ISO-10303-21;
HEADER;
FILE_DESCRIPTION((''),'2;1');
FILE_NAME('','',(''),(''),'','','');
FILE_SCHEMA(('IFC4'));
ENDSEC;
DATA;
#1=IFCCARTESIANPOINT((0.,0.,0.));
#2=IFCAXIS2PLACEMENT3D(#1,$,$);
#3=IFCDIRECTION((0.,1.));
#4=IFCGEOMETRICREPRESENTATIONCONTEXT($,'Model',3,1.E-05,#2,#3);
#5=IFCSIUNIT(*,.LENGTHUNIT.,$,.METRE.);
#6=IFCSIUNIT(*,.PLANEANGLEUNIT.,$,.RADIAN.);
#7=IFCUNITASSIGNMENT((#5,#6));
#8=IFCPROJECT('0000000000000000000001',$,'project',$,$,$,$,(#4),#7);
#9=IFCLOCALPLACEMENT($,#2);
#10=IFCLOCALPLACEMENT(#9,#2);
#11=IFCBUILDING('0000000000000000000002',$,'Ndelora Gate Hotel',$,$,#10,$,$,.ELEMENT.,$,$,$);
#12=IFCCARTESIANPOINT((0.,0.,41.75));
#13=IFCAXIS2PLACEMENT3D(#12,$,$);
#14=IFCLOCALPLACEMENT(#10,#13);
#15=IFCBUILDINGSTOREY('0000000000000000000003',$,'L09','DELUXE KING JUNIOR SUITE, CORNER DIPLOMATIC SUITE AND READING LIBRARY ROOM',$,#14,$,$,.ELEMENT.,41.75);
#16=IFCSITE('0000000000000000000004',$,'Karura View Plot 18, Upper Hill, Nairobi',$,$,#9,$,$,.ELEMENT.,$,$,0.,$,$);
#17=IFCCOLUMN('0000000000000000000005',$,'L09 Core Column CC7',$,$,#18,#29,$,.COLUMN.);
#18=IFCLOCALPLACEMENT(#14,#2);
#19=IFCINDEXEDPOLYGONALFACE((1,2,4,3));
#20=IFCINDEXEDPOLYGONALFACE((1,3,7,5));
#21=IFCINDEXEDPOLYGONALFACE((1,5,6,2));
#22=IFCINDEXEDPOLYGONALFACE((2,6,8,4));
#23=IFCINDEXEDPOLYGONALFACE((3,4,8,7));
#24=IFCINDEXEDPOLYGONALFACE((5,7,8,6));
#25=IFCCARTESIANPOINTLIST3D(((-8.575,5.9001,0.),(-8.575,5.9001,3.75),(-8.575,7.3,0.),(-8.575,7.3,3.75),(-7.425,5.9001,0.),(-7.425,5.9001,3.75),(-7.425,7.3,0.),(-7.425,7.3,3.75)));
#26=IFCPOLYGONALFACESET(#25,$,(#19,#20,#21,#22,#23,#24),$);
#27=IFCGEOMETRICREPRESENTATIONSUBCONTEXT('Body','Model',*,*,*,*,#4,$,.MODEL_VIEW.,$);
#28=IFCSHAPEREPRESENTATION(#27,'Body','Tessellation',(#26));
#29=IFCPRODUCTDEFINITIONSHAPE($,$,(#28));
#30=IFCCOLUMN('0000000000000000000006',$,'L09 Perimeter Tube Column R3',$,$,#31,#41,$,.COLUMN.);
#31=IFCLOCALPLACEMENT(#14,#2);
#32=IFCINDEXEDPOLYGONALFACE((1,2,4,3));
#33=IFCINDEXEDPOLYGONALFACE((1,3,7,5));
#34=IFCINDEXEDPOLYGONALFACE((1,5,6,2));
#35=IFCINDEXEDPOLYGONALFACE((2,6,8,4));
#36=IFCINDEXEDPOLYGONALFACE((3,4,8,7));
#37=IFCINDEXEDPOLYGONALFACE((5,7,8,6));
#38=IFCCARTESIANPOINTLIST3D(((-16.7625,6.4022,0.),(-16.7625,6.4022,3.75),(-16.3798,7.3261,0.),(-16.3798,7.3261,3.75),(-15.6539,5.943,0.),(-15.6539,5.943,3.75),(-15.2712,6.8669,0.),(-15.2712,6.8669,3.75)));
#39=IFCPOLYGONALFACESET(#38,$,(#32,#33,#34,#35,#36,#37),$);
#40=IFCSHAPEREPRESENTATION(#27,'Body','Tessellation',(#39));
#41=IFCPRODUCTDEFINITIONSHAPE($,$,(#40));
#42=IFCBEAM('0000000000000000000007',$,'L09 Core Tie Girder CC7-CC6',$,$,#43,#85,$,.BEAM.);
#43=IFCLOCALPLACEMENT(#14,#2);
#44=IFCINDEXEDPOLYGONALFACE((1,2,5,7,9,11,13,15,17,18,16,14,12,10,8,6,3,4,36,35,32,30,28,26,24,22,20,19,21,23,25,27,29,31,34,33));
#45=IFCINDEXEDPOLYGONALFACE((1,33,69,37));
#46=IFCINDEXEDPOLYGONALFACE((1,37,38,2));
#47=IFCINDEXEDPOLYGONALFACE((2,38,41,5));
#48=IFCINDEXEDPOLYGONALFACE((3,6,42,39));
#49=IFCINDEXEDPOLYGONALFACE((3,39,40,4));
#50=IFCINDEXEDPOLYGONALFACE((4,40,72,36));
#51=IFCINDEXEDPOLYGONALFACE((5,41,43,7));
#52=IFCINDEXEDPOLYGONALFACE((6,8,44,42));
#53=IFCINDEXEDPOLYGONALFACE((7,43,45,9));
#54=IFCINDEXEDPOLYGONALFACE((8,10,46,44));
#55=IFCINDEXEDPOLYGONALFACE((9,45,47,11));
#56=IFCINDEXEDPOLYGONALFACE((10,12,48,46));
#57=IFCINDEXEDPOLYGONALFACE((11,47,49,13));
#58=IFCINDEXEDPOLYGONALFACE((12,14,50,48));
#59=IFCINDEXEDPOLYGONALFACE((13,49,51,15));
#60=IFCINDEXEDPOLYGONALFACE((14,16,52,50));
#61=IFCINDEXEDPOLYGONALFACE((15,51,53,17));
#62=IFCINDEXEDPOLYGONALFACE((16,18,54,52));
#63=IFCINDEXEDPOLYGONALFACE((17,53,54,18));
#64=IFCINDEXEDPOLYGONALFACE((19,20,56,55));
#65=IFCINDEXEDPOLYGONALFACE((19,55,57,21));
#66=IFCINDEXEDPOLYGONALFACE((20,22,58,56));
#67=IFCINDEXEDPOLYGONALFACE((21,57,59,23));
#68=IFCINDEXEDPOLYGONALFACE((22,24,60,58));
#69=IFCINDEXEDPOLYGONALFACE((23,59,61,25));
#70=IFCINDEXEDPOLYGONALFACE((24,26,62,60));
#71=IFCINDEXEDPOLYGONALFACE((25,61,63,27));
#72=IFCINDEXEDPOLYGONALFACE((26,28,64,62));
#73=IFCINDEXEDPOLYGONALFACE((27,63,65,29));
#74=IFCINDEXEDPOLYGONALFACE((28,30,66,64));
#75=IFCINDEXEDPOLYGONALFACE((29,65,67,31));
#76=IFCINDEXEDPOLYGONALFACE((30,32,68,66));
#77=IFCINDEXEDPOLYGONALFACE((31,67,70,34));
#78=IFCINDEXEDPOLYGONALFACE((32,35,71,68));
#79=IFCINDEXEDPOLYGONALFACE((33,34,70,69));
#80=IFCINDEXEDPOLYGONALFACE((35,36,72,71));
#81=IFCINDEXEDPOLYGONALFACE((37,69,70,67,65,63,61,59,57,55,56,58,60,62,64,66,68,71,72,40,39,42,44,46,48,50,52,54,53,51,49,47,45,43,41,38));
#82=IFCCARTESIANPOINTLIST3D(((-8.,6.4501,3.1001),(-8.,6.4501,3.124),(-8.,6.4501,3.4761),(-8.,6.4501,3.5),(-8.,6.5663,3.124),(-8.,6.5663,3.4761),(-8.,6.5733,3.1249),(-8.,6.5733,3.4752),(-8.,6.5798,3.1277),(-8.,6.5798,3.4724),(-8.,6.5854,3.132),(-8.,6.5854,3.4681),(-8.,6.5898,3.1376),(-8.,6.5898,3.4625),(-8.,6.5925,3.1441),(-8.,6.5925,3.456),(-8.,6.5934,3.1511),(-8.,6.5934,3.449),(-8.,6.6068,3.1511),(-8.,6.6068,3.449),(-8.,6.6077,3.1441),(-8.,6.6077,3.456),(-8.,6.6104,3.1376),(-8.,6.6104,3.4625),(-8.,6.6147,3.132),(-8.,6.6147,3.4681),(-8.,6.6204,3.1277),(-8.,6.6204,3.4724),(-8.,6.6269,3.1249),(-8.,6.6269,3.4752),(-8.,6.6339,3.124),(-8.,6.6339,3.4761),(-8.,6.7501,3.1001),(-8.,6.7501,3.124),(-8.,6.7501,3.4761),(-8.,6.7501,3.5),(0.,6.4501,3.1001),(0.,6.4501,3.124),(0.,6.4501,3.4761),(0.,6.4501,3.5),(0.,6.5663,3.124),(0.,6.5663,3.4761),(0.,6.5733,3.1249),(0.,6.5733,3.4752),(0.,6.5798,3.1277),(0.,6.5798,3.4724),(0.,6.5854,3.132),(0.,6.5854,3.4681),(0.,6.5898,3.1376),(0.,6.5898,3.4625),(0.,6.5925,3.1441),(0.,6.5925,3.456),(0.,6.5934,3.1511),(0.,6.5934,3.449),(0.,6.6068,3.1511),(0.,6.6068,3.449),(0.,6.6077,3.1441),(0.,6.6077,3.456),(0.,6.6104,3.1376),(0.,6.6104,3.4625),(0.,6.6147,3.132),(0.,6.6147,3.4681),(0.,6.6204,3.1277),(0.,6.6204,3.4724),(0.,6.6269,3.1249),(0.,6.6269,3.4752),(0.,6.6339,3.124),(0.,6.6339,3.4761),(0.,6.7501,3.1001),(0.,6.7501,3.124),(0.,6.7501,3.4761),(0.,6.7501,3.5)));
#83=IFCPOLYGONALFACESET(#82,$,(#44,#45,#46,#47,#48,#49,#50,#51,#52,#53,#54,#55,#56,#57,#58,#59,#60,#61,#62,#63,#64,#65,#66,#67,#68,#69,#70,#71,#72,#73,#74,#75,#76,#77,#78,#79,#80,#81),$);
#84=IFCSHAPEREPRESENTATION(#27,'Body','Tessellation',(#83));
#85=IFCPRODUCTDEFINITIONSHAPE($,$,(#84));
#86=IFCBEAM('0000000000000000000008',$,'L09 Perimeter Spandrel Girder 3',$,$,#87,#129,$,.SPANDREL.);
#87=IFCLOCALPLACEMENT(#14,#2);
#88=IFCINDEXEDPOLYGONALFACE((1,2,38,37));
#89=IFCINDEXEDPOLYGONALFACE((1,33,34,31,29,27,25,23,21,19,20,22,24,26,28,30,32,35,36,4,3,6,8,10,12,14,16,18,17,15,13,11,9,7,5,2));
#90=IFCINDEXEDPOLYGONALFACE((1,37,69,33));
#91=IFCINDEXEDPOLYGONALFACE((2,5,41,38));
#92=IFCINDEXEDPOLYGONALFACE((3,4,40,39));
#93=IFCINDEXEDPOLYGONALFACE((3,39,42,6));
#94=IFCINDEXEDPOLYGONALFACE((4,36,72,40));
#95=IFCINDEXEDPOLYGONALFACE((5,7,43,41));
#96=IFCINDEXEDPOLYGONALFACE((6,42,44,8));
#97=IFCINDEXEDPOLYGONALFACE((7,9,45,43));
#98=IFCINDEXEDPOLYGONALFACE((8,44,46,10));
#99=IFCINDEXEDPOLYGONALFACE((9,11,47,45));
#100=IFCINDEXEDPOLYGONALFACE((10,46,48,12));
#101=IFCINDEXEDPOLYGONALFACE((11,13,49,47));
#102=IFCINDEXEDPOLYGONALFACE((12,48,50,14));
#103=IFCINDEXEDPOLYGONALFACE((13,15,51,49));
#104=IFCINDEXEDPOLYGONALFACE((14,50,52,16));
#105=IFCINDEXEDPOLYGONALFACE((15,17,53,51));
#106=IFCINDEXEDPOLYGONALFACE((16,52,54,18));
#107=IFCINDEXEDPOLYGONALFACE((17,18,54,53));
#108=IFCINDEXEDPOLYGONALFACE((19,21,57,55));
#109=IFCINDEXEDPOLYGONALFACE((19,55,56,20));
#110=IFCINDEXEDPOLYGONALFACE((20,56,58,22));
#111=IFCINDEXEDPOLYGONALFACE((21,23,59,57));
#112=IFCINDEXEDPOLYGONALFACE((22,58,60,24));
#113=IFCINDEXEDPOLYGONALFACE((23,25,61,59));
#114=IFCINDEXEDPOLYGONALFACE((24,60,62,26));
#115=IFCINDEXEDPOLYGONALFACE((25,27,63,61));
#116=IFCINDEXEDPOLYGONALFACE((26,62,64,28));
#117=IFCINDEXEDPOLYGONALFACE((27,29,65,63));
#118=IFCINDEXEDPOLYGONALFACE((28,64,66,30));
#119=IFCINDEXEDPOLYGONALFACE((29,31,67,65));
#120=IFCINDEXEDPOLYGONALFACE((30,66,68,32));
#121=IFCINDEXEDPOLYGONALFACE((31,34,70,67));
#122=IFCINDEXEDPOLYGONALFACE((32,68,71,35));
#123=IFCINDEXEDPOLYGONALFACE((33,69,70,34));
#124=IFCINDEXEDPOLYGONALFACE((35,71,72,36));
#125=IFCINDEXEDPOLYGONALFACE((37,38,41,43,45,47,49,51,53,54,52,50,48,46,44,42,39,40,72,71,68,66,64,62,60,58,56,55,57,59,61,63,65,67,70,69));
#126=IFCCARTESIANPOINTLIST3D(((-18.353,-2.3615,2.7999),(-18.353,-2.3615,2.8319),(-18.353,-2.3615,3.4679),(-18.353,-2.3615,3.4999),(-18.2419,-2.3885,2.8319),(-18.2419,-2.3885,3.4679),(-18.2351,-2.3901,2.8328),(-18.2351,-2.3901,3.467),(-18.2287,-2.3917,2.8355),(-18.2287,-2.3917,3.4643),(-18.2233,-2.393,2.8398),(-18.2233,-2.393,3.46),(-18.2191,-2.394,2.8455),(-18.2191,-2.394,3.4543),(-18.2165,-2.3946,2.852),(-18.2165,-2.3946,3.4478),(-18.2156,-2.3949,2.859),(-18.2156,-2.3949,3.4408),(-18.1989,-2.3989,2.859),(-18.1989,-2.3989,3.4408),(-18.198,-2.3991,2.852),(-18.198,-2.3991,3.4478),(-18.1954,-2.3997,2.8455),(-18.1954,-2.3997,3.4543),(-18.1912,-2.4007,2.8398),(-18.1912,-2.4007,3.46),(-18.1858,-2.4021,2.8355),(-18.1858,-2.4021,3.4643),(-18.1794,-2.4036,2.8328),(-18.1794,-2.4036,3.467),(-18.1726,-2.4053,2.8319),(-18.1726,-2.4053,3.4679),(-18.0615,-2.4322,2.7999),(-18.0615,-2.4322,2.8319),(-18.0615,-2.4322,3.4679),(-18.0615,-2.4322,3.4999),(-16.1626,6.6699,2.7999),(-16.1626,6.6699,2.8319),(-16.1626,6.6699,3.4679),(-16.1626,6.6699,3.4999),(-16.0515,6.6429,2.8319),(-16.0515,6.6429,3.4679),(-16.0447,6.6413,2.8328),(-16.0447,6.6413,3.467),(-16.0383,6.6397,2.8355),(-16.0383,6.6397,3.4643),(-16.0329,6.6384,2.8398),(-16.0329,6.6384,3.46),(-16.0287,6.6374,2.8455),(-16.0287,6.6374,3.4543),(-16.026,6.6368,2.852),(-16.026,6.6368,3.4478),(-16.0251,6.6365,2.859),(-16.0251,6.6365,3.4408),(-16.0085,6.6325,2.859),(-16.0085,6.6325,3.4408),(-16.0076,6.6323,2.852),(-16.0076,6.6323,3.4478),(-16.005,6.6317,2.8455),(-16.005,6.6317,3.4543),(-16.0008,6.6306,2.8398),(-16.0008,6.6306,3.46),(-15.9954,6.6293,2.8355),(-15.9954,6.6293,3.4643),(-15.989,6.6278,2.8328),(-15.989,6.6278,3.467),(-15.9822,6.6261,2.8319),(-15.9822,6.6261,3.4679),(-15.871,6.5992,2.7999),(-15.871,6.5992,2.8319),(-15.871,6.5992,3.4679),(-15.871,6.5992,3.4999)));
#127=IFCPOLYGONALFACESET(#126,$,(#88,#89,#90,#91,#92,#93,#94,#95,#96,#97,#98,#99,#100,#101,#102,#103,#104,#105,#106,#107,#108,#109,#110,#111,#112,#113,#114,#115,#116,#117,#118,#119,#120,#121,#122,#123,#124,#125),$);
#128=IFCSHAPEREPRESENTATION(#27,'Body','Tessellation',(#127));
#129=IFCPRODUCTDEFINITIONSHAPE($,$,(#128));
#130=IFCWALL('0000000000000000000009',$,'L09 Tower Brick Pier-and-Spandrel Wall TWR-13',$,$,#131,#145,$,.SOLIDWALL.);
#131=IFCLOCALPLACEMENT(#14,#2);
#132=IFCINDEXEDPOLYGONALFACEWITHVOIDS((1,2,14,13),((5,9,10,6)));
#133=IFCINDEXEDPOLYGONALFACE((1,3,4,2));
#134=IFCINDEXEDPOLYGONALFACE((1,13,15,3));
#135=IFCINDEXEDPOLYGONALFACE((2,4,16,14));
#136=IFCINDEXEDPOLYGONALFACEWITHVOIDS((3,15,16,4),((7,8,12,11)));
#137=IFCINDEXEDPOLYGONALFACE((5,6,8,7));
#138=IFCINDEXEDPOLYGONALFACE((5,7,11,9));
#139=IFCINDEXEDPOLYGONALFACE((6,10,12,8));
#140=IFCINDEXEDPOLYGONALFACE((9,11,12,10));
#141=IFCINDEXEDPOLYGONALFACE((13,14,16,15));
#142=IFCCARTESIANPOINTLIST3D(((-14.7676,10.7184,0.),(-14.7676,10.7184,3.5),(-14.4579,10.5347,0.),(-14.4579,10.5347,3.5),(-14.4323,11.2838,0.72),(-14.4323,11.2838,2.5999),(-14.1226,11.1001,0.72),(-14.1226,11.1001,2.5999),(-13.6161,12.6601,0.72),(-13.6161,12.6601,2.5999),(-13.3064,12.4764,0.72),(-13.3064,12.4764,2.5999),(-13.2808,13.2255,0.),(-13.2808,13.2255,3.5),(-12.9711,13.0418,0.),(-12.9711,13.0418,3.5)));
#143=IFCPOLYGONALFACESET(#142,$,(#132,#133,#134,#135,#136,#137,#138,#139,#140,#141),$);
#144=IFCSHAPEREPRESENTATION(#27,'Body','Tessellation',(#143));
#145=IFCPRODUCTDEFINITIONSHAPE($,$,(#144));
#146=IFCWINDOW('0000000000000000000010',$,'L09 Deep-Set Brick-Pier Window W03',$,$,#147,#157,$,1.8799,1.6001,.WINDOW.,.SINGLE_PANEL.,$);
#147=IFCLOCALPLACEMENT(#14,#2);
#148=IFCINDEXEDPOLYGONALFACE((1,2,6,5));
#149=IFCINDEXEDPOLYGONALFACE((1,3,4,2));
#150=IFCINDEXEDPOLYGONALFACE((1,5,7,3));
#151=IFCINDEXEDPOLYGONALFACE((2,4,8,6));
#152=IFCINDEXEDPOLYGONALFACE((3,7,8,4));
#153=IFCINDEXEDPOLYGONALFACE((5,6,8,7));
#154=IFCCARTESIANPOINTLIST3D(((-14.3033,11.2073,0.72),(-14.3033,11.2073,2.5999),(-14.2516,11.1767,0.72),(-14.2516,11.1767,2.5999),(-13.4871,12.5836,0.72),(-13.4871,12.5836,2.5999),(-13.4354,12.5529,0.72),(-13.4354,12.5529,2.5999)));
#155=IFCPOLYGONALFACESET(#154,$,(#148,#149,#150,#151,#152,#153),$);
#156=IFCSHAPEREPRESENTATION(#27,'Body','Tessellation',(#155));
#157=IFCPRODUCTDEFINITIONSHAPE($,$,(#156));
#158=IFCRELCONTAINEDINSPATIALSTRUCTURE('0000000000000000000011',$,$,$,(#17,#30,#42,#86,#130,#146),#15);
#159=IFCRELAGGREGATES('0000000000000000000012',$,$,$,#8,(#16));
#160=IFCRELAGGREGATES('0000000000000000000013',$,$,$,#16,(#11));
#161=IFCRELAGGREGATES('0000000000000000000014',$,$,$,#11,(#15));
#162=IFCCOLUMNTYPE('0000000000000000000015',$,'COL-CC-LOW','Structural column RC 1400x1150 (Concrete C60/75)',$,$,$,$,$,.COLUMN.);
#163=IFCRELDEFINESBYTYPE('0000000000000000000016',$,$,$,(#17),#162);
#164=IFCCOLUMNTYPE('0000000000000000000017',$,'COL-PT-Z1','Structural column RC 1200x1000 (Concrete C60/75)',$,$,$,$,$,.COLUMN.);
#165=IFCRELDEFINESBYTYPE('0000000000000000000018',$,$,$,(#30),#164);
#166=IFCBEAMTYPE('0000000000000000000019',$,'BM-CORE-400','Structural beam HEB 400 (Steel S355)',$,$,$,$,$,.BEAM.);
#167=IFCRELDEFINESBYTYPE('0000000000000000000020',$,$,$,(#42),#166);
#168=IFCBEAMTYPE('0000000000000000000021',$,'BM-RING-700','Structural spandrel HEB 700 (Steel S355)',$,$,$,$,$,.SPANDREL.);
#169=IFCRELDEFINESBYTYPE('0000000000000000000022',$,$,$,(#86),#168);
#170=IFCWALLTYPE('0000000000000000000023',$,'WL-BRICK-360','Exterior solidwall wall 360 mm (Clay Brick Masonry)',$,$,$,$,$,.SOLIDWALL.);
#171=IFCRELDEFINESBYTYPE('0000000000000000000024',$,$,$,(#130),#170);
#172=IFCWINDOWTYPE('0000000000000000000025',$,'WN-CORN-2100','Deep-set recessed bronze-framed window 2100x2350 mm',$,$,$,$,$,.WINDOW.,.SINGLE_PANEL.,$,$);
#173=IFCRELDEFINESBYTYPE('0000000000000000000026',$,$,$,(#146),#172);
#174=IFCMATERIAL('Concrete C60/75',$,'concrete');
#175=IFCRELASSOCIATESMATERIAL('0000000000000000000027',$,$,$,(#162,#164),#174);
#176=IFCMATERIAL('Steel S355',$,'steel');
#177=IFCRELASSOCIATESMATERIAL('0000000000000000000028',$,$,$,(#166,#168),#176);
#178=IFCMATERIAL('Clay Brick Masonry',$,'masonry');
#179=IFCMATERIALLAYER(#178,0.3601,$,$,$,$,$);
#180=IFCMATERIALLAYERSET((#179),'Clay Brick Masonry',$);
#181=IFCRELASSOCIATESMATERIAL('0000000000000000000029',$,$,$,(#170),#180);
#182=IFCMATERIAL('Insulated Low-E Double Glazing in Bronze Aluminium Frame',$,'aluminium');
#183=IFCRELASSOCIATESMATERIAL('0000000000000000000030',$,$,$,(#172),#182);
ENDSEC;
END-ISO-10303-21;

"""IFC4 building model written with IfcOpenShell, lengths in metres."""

from ifc_helpers import new_model, si_unit, direction, frame, frame_2d, origin, origin_2d, place, context, subcontext, project, spatial, rectangle, i_section, extrude, material, layer, layer_set, material_profile, profile_set, type_object, element, fill, save


model = new_model("IFC4")

# Units and contexts
model_context = context("Model", 3, precision=1e-05, world=origin(), true_north=direction((0.0, 1.0)))
body_context = subcontext(model_context, "Body", "Model", "MODEL_VIEW")
ifc_project = project(units=[si_unit("LENGTHUNIT", "METRE"), si_unit("PLANEANGLEUNIT", "RADIAN")], contexts=[model_context])

# Site, building, storey
site_placement = place(None, origin())
site = spatial("IfcSite", under=ifc_project, at=site_placement, Name="Karura View Plot 18, Upper Hill, Nairobi", CompositionType="ELEMENT", RefElevation=0.0)
building_placement = place(site_placement, origin())
building = spatial("IfcBuilding", under=site, at=building_placement, Name="Ndelora Gate Hotel", CompositionType="ELEMENT")
storey_placement = place(building_placement, frame((0.0, 0.0, 41.75)))
storey = spatial("IfcBuildingStorey", under=building, at=storey_placement, Name="L09", Description="DELUXE KING JUNIOR SUITE, CORNER DIPLOMATIC SUITE AND READING LIBRARY ROOM", CompositionType="ELEMENT", Elevation=41.75)

# Columns
ifc_material_1 = material(Name="Concrete C60/75", Category="concrete")
ifc_material_profile_1 = material_profile(ifc_material_1, rectangle(XDim=1.1499, YDim=1.3999, at=origin_2d()), Name="RC 1400x1150")
ifc_profile_set_1 = profile_set([ifc_material_profile_1], Name="Concrete C60/75")
column_type_1 = type_object("IfcColumnType", Name="COL-CC-LOW", Description="Structural column RC 1400x1150 (Concrete C60/75)", PredefinedType="COLUMN", material=ifc_profile_set_1)
column_1_placement = place(storey_placement, frame((-8.0, 6.6001, 0.0), z_axis=(0.0, 0.0, 1.0), x_axis=(1.0, 0.0, 0.0)))
element("IfcColumn", 1, at=column_1_placement, inside=storey, type_object=column_type_1, Name="L09 Core Column CC7", PredefinedType="COLUMN", context=body_context, shape_type="SweptSolid", body=[
    extrude(rectangle(XDim=1.1499, YDim=1.3999, at=origin_2d()), origin(), (0.0, 0.0, 1.0), 3.75),
])
ifc_material_profile_2 = material_profile(ifc_material_1, rectangle(XDim=1.0, YDim=1.2, at=origin_2d()), Name="RC 1200x1000")
ifc_profile_set_2 = profile_set([ifc_material_profile_2], Name="Concrete C60/75")
column_type_2 = type_object("IfcColumnType", Name="COL-PT-Z1", Description="Structural column RC 1200x1000 (Concrete C60/75)", PredefinedType="COLUMN", material=ifc_profile_set_2)
column_2_placement = place(storey_placement, frame((-16.0168, 6.6345, 0.0), z_axis=(0.0, 0.0, 1.0), x_axis=(0.382683, 0.92388, 0.0)))
element("IfcColumn", 2, at=column_2_placement, inside=storey, type_object=column_type_2, Name="L09 Perimeter Tube Column R3", PredefinedType="COLUMN", context=body_context, shape_type="SweptSolid", body=[
    extrude(rectangle(XDim=1.0, YDim=1.2, at=origin_2d()), origin(), (0.0, 0.0, 1.0), 3.75),
])

# Beams
ifc_material_2 = material(Name="Steel S355", Category="steel")
ifc_material_profile_3 = material_profile(ifc_material_2, i_section(OverallWidth=0.3, OverallDepth=0.3999, WebThickness=0.0134, FlangeThickness=0.0239, FilletRadius=0.0271, at=origin_2d()), Name="HEB 400")
ifc_profile_set_3 = profile_set([ifc_material_profile_3], Name="Steel S355")
beam_type_1 = type_object("IfcBeamType", Name="BM-CORE-400", Description="Structural beam HEB 400 (Steel S355)", PredefinedType="BEAM", material=ifc_profile_set_3)
beam_1_placement = place(storey_placement, frame((-8.0, 6.6001, 3.3), z_axis=(1.0, 0.0, 0.0), x_axis=(0.0, 1.0, 0.0)))
element("IfcBeam", 3, at=beam_1_placement, inside=storey, type_object=beam_type_1, Name="L09 Core Tie Girder CC7-CC6", PredefinedType="BEAM", context=body_context, shape_type="SweptSolid", body=[
    extrude(i_section(OverallWidth=0.3, OverallDepth=0.3999, WebThickness=0.0134, FlangeThickness=0.0239, FilletRadius=0.0271, at=origin_2d()), origin(), (0.0, 0.0, 1.0), 8.0),
])
ifc_material_profile_4 = material_profile(ifc_material_2, i_section(OverallWidth=0.3, OverallDepth=0.7, WebThickness=0.0171, FlangeThickness=0.032, FilletRadius=0.0271, at=origin_2d()), Name="HEB 700")
ifc_profile_set_4 = profile_set([ifc_material_profile_4], Name="Steel S355")
beam_type_2 = type_object("IfcBeamType", Name="BM-RING-700", Description="Structural spandrel HEB 700 (Steel S355)", PredefinedType="SPANDREL", material=ifc_profile_set_4)
beam_2_placement = place(storey_placement, frame((-16.0168, 6.6345, 3.1499), z_axis=(-0.235699, -0.971826, 0.0), x_axis=(0.971826, -0.235699, 0.0)))
element("IfcBeam", 4, at=beam_2_placement, inside=storey, type_object=beam_type_2, Name="L09 Perimeter Spandrel Girder 3", PredefinedType="SPANDREL", context=body_context, shape_type="SweptSolid", body=[
    extrude(i_section(OverallWidth=0.3, OverallDepth=0.7, WebThickness=0.0171, FlangeThickness=0.032, FilletRadius=0.0271, at=origin_2d()), origin(), (0.0, 0.0, 1.0), 9.2932),
])

# Wall, opening, window
ifc_material_3 = material(Name="Clay Brick Masonry", Category="masonry")
ifc_layer_1 = layer(ifc_material_3, 0.3601)
ifc_layer_set_1 = layer_set([ifc_layer_1], Name="Clay Brick Masonry")
wall_type_1 = type_object("IfcWallType", Name="WL-BRICK-360", Description="Exterior solidwall wall 360 mm (Clay Brick Masonry)", PredefinedType="SOLIDWALL", material=ifc_layer_set_1)
wall_1_placement = place(storey_placement, frame((-14.6128, 10.6265, 0.0), z_axis=(0.0, 0.0, 1.0), x_axis=(0.510092, 0.86012, 0.0)))
wall_1 = element("IfcWall", 5, at=wall_1_placement, inside=storey, type_object=wall_type_1, Name="L09 Tower Brick Pier-and-Spandrel Wall TWR-13", PredefinedType="SOLIDWALL", context=body_context, shape_type="SweptSolid", body=[
    extrude(rectangle(XDim=2.9148, YDim=0.3601, at=frame_2d((1.4575, 0.0))), origin(), (0.0, 0.0, 1.0), 3.5),
])
opening_1_placement = place(wall_1_placement, frame((0.6575, 0.0, 0.72)))
opening_1 = element("IfcOpeningElement", 6, at=opening_1_placement, cuts=wall_1, PredefinedType="OPENING", context=body_context, shape_type="SweptSolid", body=[
    extrude(rectangle(XDim=1.6001, YDim=1.8799, at=frame_2d((0.8, 0.9399))), frame((0.0, 0.1899, 0.0), z_axis=(0.0, -1.0, 0.0), x_axis=(1.0, 0.0, 0.0)), (0.0, 0.0, 1.0), 0.3801),
])
ifc_material_4 = material(Name="Insulated Low-E Double Glazing in Bronze Aluminium Frame", Category="aluminium")
window_type_1 = type_object("IfcWindowType", Name="WN-CORN-2100", Description="Deep-set recessed bronze-framed window 2100x2350 mm", PartitioningType="SINGLE_PANEL", PredefinedType="WINDOW", material=ifc_material_4)
window_1_placement = place(opening_1_placement, origin())
window_1 = element("IfcWindow", 7, at=window_1_placement, inside=storey, type_object=window_type_1, Name="L09 Deep-Set Brick-Pier Window W03", OverallHeight=1.8799, OverallWidth=1.6001, PartitioningType="SINGLE_PANEL", PredefinedType="WINDOW", context=body_context, shape_type="SweptSolid", body=[
    extrude(rectangle(XDim=1.6001, YDim=1.8799, at=frame_2d((0.8, 0.9399))), frame((0.0, 0.03, 0.0), z_axis=(0.0, -1.0, 0.0), x_axis=(1.0, 0.0, 0.0)), (0.0, 0.0, 1.0), 0.0601),
])
fill(opening_1, window_1)

save(model, "model.ifc")
